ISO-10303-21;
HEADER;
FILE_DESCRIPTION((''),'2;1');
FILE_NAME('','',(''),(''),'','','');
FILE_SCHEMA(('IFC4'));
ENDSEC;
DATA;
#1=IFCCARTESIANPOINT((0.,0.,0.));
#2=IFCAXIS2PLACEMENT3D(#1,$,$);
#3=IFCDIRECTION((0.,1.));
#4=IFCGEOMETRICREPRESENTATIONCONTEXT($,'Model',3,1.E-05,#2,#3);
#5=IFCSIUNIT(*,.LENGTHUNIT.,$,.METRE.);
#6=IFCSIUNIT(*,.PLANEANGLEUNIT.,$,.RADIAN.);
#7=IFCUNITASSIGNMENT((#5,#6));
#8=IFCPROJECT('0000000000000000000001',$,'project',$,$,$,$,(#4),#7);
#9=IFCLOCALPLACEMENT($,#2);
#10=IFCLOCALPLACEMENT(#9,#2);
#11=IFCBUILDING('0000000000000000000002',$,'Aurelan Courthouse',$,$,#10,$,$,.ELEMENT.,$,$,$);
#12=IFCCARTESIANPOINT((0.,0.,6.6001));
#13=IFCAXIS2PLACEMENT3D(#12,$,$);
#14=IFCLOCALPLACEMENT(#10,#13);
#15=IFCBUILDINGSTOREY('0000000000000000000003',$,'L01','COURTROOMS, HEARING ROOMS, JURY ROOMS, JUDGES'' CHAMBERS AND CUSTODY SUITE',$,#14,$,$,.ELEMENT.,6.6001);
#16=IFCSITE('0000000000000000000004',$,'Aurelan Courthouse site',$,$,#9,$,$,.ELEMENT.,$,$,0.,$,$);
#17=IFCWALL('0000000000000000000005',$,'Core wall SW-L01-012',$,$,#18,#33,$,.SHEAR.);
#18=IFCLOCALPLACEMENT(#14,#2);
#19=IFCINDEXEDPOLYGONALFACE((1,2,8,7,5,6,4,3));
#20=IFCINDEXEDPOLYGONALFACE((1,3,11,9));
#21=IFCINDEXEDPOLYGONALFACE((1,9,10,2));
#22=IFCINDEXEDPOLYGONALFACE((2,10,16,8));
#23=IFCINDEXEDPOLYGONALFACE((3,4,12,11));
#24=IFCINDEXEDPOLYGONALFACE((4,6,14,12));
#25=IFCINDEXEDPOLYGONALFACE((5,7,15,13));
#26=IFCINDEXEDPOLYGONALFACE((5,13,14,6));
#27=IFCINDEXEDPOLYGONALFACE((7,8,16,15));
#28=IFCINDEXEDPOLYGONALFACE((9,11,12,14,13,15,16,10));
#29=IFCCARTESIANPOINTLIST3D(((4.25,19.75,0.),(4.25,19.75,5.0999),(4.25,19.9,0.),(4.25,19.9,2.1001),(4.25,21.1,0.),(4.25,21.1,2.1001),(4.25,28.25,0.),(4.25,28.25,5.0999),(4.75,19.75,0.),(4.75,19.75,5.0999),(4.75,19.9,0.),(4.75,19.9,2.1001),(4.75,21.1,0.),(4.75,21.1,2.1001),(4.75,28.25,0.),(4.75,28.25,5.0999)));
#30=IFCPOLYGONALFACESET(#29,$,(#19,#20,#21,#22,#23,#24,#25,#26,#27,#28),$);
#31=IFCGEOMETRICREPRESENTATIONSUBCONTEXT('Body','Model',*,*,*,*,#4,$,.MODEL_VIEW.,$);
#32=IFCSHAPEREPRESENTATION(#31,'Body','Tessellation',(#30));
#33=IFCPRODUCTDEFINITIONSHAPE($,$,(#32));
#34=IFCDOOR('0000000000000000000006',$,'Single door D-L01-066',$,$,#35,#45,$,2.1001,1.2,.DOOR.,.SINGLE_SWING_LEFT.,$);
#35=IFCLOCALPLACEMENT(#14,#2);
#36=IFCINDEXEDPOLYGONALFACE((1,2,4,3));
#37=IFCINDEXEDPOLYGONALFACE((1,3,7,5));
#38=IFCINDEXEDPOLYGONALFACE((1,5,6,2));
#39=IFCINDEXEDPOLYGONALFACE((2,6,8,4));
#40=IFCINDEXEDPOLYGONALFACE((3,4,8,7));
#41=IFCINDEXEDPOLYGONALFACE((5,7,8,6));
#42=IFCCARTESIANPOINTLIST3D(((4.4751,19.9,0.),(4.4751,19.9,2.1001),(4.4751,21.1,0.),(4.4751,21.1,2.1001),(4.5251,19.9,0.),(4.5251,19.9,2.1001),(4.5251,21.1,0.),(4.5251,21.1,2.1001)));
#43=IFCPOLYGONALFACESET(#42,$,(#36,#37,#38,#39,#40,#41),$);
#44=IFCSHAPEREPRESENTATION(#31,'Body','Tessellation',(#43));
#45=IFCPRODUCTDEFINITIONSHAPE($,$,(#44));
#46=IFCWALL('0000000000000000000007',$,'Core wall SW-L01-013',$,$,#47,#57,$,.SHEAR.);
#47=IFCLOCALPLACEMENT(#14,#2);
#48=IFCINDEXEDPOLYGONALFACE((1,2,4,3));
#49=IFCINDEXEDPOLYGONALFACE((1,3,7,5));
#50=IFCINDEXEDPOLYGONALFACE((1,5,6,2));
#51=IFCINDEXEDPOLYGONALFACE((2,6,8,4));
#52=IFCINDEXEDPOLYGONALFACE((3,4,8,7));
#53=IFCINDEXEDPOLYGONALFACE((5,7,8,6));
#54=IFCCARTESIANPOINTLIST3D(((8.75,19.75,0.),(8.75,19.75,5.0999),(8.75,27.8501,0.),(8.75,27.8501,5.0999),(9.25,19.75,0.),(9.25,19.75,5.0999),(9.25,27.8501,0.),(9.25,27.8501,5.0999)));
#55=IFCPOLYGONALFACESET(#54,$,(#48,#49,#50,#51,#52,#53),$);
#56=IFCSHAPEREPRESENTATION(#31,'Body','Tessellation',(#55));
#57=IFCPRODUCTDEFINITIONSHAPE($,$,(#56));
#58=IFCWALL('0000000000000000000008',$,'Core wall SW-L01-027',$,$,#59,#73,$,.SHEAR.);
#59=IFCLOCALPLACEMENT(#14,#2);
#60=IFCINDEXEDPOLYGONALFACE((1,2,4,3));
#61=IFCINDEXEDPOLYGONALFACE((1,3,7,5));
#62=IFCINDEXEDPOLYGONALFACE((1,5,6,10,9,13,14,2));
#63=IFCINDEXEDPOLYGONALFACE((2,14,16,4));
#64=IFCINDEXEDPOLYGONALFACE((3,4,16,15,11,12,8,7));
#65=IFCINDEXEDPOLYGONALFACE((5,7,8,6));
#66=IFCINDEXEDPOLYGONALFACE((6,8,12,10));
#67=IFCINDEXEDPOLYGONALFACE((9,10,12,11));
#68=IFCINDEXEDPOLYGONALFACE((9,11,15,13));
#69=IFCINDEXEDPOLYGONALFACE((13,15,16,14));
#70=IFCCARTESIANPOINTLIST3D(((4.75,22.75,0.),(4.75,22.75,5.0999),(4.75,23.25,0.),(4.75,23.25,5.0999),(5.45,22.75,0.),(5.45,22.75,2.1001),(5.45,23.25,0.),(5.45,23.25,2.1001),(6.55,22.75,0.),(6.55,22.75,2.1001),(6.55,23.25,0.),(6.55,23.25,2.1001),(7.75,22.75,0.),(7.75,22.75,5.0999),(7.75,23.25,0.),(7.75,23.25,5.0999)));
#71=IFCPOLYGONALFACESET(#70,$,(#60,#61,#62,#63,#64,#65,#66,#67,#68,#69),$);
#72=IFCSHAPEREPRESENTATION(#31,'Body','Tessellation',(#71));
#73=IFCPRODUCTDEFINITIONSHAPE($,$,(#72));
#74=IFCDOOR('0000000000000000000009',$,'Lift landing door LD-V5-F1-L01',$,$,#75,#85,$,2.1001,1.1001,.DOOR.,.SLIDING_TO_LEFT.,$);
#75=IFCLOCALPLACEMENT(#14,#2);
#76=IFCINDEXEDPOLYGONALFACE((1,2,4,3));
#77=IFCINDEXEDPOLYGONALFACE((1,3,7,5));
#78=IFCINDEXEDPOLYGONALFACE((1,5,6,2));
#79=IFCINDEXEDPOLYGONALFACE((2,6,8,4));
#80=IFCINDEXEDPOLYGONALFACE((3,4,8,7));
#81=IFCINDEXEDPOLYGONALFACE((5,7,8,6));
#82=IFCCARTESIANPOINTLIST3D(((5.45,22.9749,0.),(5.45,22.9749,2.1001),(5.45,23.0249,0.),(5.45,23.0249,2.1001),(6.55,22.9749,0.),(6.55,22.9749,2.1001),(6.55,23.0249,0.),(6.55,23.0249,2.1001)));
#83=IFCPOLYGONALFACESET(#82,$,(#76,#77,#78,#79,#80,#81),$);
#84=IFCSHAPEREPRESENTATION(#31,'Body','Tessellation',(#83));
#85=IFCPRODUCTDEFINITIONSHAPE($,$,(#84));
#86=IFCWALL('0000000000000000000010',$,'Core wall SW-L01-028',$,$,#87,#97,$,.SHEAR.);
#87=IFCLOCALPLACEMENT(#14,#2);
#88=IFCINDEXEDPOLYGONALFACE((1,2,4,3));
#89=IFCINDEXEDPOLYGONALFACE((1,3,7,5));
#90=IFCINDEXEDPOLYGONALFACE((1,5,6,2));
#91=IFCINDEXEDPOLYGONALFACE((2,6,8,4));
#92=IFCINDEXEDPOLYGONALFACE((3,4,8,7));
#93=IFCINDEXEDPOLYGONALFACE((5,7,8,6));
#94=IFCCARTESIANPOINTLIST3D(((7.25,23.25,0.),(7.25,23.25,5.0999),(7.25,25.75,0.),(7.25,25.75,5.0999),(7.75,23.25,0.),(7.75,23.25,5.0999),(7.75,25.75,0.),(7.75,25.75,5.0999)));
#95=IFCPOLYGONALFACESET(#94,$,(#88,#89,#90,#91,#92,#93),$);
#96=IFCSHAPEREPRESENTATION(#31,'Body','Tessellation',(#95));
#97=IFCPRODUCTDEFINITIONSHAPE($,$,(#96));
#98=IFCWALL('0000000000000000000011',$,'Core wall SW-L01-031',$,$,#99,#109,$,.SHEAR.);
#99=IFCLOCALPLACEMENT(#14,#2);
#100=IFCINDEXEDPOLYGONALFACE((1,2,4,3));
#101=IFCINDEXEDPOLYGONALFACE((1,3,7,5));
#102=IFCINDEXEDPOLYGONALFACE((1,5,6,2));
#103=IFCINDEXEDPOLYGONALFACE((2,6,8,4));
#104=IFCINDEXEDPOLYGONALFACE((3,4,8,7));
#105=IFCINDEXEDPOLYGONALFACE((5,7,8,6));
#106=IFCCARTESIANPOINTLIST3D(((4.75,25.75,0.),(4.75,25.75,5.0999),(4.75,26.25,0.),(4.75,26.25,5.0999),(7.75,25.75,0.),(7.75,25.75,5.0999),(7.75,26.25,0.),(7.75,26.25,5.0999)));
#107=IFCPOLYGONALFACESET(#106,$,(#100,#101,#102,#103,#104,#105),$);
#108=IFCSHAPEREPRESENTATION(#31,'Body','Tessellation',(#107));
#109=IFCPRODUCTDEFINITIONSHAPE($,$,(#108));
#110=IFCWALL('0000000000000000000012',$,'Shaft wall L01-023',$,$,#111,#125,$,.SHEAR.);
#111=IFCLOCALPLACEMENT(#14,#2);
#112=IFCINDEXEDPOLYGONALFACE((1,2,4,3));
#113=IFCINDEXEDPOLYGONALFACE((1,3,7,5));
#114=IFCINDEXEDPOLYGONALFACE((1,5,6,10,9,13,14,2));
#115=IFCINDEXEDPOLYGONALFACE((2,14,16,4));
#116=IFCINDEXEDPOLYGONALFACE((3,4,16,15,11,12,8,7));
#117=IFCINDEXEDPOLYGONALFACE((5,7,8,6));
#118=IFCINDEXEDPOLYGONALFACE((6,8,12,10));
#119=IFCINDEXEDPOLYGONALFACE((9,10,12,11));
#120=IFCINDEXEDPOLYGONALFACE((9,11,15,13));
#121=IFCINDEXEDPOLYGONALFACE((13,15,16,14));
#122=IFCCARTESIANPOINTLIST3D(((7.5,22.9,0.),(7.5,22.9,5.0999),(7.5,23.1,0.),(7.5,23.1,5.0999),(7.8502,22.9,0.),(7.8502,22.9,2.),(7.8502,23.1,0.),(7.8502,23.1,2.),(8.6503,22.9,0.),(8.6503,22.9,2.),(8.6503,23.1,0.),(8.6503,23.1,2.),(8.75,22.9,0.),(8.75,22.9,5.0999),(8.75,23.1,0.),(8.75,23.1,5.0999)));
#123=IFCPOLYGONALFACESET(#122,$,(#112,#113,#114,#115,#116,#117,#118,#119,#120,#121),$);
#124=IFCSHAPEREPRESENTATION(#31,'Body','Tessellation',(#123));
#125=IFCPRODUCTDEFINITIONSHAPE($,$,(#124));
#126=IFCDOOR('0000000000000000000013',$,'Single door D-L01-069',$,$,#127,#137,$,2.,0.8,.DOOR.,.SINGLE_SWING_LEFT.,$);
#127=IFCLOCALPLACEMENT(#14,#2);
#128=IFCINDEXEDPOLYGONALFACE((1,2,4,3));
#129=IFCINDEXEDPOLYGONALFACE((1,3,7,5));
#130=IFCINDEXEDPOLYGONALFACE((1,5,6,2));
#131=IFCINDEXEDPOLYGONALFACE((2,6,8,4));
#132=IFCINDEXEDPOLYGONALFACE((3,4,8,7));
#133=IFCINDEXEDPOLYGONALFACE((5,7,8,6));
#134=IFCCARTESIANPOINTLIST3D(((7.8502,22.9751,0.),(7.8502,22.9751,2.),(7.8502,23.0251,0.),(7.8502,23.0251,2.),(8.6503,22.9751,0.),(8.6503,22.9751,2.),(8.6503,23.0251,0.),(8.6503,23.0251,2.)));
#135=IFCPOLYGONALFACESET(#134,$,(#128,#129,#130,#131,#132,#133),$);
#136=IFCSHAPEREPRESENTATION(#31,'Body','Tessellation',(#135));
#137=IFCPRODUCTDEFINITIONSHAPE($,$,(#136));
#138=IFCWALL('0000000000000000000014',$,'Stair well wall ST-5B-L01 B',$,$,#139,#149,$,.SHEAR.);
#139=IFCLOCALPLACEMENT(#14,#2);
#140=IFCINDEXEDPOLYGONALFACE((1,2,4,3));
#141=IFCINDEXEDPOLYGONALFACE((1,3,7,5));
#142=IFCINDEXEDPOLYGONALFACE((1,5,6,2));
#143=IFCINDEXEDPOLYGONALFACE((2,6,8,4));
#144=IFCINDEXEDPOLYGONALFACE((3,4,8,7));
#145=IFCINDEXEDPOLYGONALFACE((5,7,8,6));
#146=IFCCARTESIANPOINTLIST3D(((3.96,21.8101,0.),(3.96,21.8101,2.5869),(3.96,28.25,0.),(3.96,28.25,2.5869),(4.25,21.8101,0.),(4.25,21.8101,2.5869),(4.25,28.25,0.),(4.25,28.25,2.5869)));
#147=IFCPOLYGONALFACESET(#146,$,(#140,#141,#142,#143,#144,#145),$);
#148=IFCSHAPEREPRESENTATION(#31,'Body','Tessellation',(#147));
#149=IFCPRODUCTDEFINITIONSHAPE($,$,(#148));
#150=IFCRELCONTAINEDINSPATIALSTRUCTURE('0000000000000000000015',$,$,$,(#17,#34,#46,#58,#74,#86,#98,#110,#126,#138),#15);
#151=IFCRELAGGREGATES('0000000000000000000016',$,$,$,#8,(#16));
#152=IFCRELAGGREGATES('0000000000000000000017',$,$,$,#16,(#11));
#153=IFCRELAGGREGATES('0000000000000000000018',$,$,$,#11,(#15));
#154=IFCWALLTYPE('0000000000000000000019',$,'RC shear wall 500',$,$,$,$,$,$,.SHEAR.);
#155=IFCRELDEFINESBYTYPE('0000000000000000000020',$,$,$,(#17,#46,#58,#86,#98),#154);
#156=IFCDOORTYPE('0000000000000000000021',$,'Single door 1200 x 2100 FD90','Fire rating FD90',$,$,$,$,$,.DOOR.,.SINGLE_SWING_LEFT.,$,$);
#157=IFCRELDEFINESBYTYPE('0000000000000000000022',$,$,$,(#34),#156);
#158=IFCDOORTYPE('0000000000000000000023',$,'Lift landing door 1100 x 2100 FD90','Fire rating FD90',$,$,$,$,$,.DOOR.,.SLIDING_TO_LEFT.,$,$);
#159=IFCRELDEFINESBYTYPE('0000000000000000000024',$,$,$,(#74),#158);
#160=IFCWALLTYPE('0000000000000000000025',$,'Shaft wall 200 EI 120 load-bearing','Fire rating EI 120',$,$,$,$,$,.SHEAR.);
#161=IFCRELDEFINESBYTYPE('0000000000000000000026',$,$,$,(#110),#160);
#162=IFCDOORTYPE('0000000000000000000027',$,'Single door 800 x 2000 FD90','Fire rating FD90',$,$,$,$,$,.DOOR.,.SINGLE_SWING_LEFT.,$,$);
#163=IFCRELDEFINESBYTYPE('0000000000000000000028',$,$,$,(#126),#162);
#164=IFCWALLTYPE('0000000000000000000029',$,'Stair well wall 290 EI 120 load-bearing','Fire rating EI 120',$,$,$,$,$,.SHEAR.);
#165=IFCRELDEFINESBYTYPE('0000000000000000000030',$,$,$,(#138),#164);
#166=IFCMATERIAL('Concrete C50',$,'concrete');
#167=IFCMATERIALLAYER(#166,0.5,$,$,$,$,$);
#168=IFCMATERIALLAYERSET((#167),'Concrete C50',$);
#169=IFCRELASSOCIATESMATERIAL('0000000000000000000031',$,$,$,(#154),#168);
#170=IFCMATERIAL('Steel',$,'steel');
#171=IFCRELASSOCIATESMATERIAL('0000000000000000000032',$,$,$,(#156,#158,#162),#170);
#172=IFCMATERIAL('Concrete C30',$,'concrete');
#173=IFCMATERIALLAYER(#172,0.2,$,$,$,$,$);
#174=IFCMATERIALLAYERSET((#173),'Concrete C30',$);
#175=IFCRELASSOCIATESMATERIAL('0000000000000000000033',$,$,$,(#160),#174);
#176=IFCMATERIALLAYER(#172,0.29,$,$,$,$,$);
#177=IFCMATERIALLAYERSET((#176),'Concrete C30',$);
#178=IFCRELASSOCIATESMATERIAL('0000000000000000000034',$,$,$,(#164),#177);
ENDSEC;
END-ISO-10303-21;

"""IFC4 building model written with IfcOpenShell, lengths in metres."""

from ifc_helpers import new_model, si_unit, direction, frame, frame_2d, origin, place, context, subcontext, project, spatial, rectangle, extrude, material, layer, layer_set, type_object, element, fill, save


model = new_model("IFC4")

# Units and contexts
model_context = context("Model", 3, precision=1e-05, world=origin(), true_north=direction((0.0, 1.0)))
body_context = subcontext(model_context, "Body", "Model", "MODEL_VIEW")
ifc_project = project(units=[si_unit("LENGTHUNIT", "METRE"), si_unit("PLANEANGLEUNIT", "RADIAN")], contexts=[model_context])

# Site, building, storey
site_placement = place(None, origin())
site = spatial("IfcSite", under=ifc_project, at=site_placement, Name="Aurelan Courthouse site", CompositionType="ELEMENT", RefElevation=0.0)
building_placement = place(site_placement, origin())
building = spatial("IfcBuilding", under=site, at=building_placement, Name="Aurelan Courthouse", CompositionType="ELEMENT")
storey_placement = place(building_placement, frame((0.0, 0.0, 6.6001)))
storey = spatial("IfcBuildingStorey", under=building, at=storey_placement, Name="L01", Description="COURTROOMS, HEARING ROOMS, JURY ROOMS, JUDGES' CHAMBERS AND CUSTODY SUITE", CompositionType="ELEMENT", Elevation=6.6001)

# Shared definitions
ifc_material_1 = material(Name="Concrete C50", Category="concrete")

# Shared definitions
ifc_material_2 = material(Name="Steel", Category="steel")

# Shared definitions
ifc_layer_1 = layer(ifc_material_1, 0.5)
ifc_layer_set_1 = layer_set([ifc_layer_1], Name="Concrete C50")
wall_type_1 = type_object("IfcWallType", Name="RC shear wall 500", PredefinedType="SHEAR", material=ifc_layer_set_1)
door_type_1 = type_object("IfcDoorType", Name="Single door 1200 x 2100 FD90", Description="Fire rating FD90", OperationType="SINGLE_SWING_LEFT", PredefinedType="DOOR", material=ifc_material_2)

# Wall, opening, door
wall_1_placement = place(storey_placement, frame((4.5, 19.75, 0.0), z_axis=(0.0, 0.0, 1.0), x_axis=(0.0, 1.0, 0.0)))
wall_1 = element("IfcWall", 1, at=wall_1_placement, inside=storey, type_object=wall_type_1, Name="Core wall SW-L01-012", PredefinedType="SHEAR", context=body_context, shape_type="SweptSolid", body=[
    extrude(rectangle(XDim=8.5, YDim=0.5, at=frame_2d((4.25, 0.0))), origin(), (0.0, 0.0, 1.0), 5.0999),
])
opening_1_placement = place(wall_1_placement, frame((0.1499, 0.0, 0.0)))
opening_1 = element("IfcOpeningElement", 2, at=opening_1_placement, cuts=wall_1, PredefinedType="OPENING", context=body_context, shape_type="SweptSolid", body=[
    extrude(rectangle(XDim=1.2, YDim=2.1001, at=frame_2d((0.6001, 1.05))), frame((0.0, 0.26, 0.0), z_axis=(0.0, -1.0, 0.0), x_axis=(1.0, 0.0, 0.0)), (0.0, 0.0, 1.0), 0.52),
])
door_1_placement = place(opening_1_placement, origin())
door_1 = element("IfcDoor", 3, at=door_1_placement, inside=storey, type_object=door_type_1, Name="Single door D-L01-066", OperationType="SINGLE_SWING_LEFT", OverallHeight=2.1001, OverallWidth=1.2, PredefinedType="DOOR", context=body_context, shape_type="SweptSolid", body=[
    extrude(rectangle(XDim=1.2, YDim=2.1001, at=frame_2d((0.6001, 1.05))), frame((0.0, 0.0249, 0.0), z_axis=(0.0, -1.0, 0.0), x_axis=(1.0, 0.0, 0.0)), (0.0, 0.0, 1.0), 0.05),
])
fill(opening_1, door_1)

# Wall
wall_2_placement = place(storey_placement, frame((9.0, 19.75, 0.0), z_axis=(0.0, 0.0, 1.0), x_axis=(0.0, 1.0, 0.0)))
element("IfcWall", 4, at=wall_2_placement, inside=storey, type_object=wall_type_1, Name="Core wall SW-L01-013", PredefinedType="SHEAR", context=body_context, shape_type="SweptSolid", body=[
    extrude(rectangle(XDim=8.1001, YDim=0.5, at=frame_2d((4.05, 0.0))), origin(), (0.0, 0.0, 1.0), 5.0999),
])

# Wall, opening, door
wall_3_placement = place(storey_placement, frame((4.75, 23.0, 0.0), z_axis=(0.0, 0.0, 1.0), x_axis=(1.0, 0.0, 0.0)))
wall_3 = element("IfcWall", 5, at=wall_3_placement, inside=storey, type_object=wall_type_1, Name="Core wall SW-L01-027", PredefinedType="SHEAR", context=body_context, shape_type="SweptSolid", body=[
    extrude(rectangle(XDim=3.0, YDim=0.5, at=frame_2d((1.5, 0.0))), origin(), (0.0, 0.0, 1.0), 5.0999),
])
opening_2_placement = place(wall_3_placement, frame((0.7, 0.0, 0.0)))
opening_2 = element("IfcOpeningElement", 6, at=opening_2_placement, cuts=wall_3, PredefinedType="OPENING", context=body_context, shape_type="SweptSolid", body=[
    extrude(rectangle(XDim=1.1001, YDim=2.1001, at=frame_2d((0.55, 1.05))), frame((0.0, 0.26, 0.0), z_axis=(0.0, -1.0, 0.0), x_axis=(1.0, 0.0, 0.0)), (0.0, 0.0, 1.0), 0.52),
])
door_type_2 = type_object("IfcDoorType", Name="Lift landing door 1100 x 2100 FD90", Description="Fire rating FD90", OperationType="SLIDING_TO_LEFT", PredefinedType="DOOR", material=ifc_material_2)
door_2_placement = place(opening_2_placement, origin())
door_2 = element("IfcDoor", 7, at=door_2_placement, inside=storey, type_object=door_type_2, Name="Lift landing door LD-V5-F1-L01", OperationType="SLIDING_TO_LEFT", OverallHeight=2.1001, OverallWidth=1.1001, PredefinedType="DOOR", context=body_context, shape_type="SweptSolid", body=[
    extrude(rectangle(XDim=1.1001, YDim=2.1001, at=frame_2d((0.55, 1.05))), frame((0.0, 0.0249, 0.0), z_axis=(0.0, -1.0, 0.0), x_axis=(1.0, 0.0, 0.0)), (0.0, 0.0, 1.0), 0.05),
])
fill(opening_2, door_2)

# Walls
wall_4_placement = place(storey_placement, frame((7.5, 23.25, 0.0), z_axis=(0.0, 0.0, 1.0), x_axis=(0.0, 1.0, 0.0)))
element("IfcWall", 8, at=wall_4_placement, inside=storey, type_object=wall_type_1, Name="Core wall SW-L01-028", PredefinedType="SHEAR", context=body_context, shape_type="SweptSolid", body=[
    extrude(rectangle(XDim=2.5, YDim=0.5, at=frame_2d((1.25, 0.0))), origin(), (0.0, 0.0, 1.0), 5.0999),
])
wall_5_placement = place(storey_placement, frame((4.75, 26.0, 0.0), z_axis=(0.0, 0.0, 1.0), x_axis=(1.0, 0.0, 0.0)))
element("IfcWall", 9, at=wall_5_placement, inside=storey, type_object=wall_type_1, Name="Core wall SW-L01-031", PredefinedType="SHEAR", context=body_context, shape_type="SweptSolid", body=[
    extrude(rectangle(XDim=3.0, YDim=0.5, at=frame_2d((1.5, 0.0))), origin(), (0.0, 0.0, 1.0), 5.0999),
])

# Wall, opening, door
ifc_material_3 = material(Name="Concrete C30", Category="concrete")
ifc_layer_2 = layer(ifc_material_3, 0.2)
ifc_layer_set_2 = layer_set([ifc_layer_2], Name="Concrete C30")
wall_type_2 = type_object("IfcWallType", Name="Shaft wall 200 EI 120 load-bearing", Description="Fire rating EI 120", PredefinedType="SHEAR", material=ifc_layer_set_2)
wall_6_placement = place(storey_placement, frame((7.5, 23.0, 0.0), z_axis=(0.0, 0.0, 1.0), x_axis=(1.0, 0.0, 0.0)))
wall_6 = element("IfcWall", 10, at=wall_6_placement, inside=storey, type_object=wall_type_2, Name="Shaft wall L01-023", PredefinedType="SHEAR", context=body_context, shape_type="SweptSolid", body=[
    extrude(rectangle(XDim=1.25, YDim=0.2, at=frame_2d((0.625, 0.0))), origin(), (0.0, 0.0, 1.0), 5.0999),
])
opening_3_placement = place(wall_6_placement, frame((1.1501, 0.0, 0.0), z_axis=(0.0, 0.0, 1.0), x_axis=(-1.0, 0.0, 0.0)))
opening_3 = element("IfcOpeningElement", 11, at=opening_3_placement, cuts=wall_6, PredefinedType="OPENING", context=body_context, shape_type="SweptSolid", body=[
    extrude(rectangle(XDim=0.8, YDim=2.0, at=frame_2d((0.3999, 1.0))), frame((0.0, 0.1099, 0.0), z_axis=(0.0, -1.0, 0.0), x_axis=(1.0, 0.0, 0.0)), (0.0, 0.0, 1.0), 0.22),
])
door_type_3 = type_object("IfcDoorType", Name="Single door 800 x 2000 FD90", Description="Fire rating FD90", OperationType="SINGLE_SWING_LEFT", PredefinedType="DOOR", material=ifc_material_2)
door_3_placement = place(opening_3_placement, origin())
door_3 = element("IfcDoor", 12, at=door_3_placement, inside=storey, type_object=door_type_3, Name="Single door D-L01-069", OperationType="SINGLE_SWING_LEFT", OverallHeight=2.0, OverallWidth=0.8, PredefinedType="DOOR", context=body_context, shape_type="SweptSolid", body=[
    extrude(rectangle(XDim=0.8, YDim=2.0, at=frame_2d((0.3999, 1.0))), frame((0.0, 0.0249, 0.0), z_axis=(0.0, -1.0, 0.0), x_axis=(1.0, 0.0, 0.0)), (0.0, 0.0, 1.0), 0.05),
])
fill(opening_3, door_3)

# Wall
ifc_layer_3 = layer(ifc_material_3, 0.29)
ifc_layer_set_3 = layer_set([ifc_layer_3], Name="Concrete C30")
wall_type_3 = type_object("IfcWallType", Name="Stair well wall 290 EI 120 load-bearing", Description="Fire rating EI 120", PredefinedType="SHEAR", material=ifc_layer_set_3)
wall_7_placement = place(storey_placement, frame((4.105, 21.8101, 0.0), z_axis=(0.0, 0.0, 1.0), x_axis=(0.0, 1.0, 0.0)))
element("IfcWall", 13, at=wall_7_placement, inside=storey, type_object=wall_type_3, Name="Stair well wall ST-5B-L01 B", PredefinedType="SHEAR", context=body_context, shape_type="SweptSolid", body=[
    extrude(rectangle(XDim=6.4399, YDim=0.29, at=frame_2d((3.22, 0.0))), origin(), (0.0, 0.0, 1.0), 2.5869),
])

save(model, "model.ifc")
